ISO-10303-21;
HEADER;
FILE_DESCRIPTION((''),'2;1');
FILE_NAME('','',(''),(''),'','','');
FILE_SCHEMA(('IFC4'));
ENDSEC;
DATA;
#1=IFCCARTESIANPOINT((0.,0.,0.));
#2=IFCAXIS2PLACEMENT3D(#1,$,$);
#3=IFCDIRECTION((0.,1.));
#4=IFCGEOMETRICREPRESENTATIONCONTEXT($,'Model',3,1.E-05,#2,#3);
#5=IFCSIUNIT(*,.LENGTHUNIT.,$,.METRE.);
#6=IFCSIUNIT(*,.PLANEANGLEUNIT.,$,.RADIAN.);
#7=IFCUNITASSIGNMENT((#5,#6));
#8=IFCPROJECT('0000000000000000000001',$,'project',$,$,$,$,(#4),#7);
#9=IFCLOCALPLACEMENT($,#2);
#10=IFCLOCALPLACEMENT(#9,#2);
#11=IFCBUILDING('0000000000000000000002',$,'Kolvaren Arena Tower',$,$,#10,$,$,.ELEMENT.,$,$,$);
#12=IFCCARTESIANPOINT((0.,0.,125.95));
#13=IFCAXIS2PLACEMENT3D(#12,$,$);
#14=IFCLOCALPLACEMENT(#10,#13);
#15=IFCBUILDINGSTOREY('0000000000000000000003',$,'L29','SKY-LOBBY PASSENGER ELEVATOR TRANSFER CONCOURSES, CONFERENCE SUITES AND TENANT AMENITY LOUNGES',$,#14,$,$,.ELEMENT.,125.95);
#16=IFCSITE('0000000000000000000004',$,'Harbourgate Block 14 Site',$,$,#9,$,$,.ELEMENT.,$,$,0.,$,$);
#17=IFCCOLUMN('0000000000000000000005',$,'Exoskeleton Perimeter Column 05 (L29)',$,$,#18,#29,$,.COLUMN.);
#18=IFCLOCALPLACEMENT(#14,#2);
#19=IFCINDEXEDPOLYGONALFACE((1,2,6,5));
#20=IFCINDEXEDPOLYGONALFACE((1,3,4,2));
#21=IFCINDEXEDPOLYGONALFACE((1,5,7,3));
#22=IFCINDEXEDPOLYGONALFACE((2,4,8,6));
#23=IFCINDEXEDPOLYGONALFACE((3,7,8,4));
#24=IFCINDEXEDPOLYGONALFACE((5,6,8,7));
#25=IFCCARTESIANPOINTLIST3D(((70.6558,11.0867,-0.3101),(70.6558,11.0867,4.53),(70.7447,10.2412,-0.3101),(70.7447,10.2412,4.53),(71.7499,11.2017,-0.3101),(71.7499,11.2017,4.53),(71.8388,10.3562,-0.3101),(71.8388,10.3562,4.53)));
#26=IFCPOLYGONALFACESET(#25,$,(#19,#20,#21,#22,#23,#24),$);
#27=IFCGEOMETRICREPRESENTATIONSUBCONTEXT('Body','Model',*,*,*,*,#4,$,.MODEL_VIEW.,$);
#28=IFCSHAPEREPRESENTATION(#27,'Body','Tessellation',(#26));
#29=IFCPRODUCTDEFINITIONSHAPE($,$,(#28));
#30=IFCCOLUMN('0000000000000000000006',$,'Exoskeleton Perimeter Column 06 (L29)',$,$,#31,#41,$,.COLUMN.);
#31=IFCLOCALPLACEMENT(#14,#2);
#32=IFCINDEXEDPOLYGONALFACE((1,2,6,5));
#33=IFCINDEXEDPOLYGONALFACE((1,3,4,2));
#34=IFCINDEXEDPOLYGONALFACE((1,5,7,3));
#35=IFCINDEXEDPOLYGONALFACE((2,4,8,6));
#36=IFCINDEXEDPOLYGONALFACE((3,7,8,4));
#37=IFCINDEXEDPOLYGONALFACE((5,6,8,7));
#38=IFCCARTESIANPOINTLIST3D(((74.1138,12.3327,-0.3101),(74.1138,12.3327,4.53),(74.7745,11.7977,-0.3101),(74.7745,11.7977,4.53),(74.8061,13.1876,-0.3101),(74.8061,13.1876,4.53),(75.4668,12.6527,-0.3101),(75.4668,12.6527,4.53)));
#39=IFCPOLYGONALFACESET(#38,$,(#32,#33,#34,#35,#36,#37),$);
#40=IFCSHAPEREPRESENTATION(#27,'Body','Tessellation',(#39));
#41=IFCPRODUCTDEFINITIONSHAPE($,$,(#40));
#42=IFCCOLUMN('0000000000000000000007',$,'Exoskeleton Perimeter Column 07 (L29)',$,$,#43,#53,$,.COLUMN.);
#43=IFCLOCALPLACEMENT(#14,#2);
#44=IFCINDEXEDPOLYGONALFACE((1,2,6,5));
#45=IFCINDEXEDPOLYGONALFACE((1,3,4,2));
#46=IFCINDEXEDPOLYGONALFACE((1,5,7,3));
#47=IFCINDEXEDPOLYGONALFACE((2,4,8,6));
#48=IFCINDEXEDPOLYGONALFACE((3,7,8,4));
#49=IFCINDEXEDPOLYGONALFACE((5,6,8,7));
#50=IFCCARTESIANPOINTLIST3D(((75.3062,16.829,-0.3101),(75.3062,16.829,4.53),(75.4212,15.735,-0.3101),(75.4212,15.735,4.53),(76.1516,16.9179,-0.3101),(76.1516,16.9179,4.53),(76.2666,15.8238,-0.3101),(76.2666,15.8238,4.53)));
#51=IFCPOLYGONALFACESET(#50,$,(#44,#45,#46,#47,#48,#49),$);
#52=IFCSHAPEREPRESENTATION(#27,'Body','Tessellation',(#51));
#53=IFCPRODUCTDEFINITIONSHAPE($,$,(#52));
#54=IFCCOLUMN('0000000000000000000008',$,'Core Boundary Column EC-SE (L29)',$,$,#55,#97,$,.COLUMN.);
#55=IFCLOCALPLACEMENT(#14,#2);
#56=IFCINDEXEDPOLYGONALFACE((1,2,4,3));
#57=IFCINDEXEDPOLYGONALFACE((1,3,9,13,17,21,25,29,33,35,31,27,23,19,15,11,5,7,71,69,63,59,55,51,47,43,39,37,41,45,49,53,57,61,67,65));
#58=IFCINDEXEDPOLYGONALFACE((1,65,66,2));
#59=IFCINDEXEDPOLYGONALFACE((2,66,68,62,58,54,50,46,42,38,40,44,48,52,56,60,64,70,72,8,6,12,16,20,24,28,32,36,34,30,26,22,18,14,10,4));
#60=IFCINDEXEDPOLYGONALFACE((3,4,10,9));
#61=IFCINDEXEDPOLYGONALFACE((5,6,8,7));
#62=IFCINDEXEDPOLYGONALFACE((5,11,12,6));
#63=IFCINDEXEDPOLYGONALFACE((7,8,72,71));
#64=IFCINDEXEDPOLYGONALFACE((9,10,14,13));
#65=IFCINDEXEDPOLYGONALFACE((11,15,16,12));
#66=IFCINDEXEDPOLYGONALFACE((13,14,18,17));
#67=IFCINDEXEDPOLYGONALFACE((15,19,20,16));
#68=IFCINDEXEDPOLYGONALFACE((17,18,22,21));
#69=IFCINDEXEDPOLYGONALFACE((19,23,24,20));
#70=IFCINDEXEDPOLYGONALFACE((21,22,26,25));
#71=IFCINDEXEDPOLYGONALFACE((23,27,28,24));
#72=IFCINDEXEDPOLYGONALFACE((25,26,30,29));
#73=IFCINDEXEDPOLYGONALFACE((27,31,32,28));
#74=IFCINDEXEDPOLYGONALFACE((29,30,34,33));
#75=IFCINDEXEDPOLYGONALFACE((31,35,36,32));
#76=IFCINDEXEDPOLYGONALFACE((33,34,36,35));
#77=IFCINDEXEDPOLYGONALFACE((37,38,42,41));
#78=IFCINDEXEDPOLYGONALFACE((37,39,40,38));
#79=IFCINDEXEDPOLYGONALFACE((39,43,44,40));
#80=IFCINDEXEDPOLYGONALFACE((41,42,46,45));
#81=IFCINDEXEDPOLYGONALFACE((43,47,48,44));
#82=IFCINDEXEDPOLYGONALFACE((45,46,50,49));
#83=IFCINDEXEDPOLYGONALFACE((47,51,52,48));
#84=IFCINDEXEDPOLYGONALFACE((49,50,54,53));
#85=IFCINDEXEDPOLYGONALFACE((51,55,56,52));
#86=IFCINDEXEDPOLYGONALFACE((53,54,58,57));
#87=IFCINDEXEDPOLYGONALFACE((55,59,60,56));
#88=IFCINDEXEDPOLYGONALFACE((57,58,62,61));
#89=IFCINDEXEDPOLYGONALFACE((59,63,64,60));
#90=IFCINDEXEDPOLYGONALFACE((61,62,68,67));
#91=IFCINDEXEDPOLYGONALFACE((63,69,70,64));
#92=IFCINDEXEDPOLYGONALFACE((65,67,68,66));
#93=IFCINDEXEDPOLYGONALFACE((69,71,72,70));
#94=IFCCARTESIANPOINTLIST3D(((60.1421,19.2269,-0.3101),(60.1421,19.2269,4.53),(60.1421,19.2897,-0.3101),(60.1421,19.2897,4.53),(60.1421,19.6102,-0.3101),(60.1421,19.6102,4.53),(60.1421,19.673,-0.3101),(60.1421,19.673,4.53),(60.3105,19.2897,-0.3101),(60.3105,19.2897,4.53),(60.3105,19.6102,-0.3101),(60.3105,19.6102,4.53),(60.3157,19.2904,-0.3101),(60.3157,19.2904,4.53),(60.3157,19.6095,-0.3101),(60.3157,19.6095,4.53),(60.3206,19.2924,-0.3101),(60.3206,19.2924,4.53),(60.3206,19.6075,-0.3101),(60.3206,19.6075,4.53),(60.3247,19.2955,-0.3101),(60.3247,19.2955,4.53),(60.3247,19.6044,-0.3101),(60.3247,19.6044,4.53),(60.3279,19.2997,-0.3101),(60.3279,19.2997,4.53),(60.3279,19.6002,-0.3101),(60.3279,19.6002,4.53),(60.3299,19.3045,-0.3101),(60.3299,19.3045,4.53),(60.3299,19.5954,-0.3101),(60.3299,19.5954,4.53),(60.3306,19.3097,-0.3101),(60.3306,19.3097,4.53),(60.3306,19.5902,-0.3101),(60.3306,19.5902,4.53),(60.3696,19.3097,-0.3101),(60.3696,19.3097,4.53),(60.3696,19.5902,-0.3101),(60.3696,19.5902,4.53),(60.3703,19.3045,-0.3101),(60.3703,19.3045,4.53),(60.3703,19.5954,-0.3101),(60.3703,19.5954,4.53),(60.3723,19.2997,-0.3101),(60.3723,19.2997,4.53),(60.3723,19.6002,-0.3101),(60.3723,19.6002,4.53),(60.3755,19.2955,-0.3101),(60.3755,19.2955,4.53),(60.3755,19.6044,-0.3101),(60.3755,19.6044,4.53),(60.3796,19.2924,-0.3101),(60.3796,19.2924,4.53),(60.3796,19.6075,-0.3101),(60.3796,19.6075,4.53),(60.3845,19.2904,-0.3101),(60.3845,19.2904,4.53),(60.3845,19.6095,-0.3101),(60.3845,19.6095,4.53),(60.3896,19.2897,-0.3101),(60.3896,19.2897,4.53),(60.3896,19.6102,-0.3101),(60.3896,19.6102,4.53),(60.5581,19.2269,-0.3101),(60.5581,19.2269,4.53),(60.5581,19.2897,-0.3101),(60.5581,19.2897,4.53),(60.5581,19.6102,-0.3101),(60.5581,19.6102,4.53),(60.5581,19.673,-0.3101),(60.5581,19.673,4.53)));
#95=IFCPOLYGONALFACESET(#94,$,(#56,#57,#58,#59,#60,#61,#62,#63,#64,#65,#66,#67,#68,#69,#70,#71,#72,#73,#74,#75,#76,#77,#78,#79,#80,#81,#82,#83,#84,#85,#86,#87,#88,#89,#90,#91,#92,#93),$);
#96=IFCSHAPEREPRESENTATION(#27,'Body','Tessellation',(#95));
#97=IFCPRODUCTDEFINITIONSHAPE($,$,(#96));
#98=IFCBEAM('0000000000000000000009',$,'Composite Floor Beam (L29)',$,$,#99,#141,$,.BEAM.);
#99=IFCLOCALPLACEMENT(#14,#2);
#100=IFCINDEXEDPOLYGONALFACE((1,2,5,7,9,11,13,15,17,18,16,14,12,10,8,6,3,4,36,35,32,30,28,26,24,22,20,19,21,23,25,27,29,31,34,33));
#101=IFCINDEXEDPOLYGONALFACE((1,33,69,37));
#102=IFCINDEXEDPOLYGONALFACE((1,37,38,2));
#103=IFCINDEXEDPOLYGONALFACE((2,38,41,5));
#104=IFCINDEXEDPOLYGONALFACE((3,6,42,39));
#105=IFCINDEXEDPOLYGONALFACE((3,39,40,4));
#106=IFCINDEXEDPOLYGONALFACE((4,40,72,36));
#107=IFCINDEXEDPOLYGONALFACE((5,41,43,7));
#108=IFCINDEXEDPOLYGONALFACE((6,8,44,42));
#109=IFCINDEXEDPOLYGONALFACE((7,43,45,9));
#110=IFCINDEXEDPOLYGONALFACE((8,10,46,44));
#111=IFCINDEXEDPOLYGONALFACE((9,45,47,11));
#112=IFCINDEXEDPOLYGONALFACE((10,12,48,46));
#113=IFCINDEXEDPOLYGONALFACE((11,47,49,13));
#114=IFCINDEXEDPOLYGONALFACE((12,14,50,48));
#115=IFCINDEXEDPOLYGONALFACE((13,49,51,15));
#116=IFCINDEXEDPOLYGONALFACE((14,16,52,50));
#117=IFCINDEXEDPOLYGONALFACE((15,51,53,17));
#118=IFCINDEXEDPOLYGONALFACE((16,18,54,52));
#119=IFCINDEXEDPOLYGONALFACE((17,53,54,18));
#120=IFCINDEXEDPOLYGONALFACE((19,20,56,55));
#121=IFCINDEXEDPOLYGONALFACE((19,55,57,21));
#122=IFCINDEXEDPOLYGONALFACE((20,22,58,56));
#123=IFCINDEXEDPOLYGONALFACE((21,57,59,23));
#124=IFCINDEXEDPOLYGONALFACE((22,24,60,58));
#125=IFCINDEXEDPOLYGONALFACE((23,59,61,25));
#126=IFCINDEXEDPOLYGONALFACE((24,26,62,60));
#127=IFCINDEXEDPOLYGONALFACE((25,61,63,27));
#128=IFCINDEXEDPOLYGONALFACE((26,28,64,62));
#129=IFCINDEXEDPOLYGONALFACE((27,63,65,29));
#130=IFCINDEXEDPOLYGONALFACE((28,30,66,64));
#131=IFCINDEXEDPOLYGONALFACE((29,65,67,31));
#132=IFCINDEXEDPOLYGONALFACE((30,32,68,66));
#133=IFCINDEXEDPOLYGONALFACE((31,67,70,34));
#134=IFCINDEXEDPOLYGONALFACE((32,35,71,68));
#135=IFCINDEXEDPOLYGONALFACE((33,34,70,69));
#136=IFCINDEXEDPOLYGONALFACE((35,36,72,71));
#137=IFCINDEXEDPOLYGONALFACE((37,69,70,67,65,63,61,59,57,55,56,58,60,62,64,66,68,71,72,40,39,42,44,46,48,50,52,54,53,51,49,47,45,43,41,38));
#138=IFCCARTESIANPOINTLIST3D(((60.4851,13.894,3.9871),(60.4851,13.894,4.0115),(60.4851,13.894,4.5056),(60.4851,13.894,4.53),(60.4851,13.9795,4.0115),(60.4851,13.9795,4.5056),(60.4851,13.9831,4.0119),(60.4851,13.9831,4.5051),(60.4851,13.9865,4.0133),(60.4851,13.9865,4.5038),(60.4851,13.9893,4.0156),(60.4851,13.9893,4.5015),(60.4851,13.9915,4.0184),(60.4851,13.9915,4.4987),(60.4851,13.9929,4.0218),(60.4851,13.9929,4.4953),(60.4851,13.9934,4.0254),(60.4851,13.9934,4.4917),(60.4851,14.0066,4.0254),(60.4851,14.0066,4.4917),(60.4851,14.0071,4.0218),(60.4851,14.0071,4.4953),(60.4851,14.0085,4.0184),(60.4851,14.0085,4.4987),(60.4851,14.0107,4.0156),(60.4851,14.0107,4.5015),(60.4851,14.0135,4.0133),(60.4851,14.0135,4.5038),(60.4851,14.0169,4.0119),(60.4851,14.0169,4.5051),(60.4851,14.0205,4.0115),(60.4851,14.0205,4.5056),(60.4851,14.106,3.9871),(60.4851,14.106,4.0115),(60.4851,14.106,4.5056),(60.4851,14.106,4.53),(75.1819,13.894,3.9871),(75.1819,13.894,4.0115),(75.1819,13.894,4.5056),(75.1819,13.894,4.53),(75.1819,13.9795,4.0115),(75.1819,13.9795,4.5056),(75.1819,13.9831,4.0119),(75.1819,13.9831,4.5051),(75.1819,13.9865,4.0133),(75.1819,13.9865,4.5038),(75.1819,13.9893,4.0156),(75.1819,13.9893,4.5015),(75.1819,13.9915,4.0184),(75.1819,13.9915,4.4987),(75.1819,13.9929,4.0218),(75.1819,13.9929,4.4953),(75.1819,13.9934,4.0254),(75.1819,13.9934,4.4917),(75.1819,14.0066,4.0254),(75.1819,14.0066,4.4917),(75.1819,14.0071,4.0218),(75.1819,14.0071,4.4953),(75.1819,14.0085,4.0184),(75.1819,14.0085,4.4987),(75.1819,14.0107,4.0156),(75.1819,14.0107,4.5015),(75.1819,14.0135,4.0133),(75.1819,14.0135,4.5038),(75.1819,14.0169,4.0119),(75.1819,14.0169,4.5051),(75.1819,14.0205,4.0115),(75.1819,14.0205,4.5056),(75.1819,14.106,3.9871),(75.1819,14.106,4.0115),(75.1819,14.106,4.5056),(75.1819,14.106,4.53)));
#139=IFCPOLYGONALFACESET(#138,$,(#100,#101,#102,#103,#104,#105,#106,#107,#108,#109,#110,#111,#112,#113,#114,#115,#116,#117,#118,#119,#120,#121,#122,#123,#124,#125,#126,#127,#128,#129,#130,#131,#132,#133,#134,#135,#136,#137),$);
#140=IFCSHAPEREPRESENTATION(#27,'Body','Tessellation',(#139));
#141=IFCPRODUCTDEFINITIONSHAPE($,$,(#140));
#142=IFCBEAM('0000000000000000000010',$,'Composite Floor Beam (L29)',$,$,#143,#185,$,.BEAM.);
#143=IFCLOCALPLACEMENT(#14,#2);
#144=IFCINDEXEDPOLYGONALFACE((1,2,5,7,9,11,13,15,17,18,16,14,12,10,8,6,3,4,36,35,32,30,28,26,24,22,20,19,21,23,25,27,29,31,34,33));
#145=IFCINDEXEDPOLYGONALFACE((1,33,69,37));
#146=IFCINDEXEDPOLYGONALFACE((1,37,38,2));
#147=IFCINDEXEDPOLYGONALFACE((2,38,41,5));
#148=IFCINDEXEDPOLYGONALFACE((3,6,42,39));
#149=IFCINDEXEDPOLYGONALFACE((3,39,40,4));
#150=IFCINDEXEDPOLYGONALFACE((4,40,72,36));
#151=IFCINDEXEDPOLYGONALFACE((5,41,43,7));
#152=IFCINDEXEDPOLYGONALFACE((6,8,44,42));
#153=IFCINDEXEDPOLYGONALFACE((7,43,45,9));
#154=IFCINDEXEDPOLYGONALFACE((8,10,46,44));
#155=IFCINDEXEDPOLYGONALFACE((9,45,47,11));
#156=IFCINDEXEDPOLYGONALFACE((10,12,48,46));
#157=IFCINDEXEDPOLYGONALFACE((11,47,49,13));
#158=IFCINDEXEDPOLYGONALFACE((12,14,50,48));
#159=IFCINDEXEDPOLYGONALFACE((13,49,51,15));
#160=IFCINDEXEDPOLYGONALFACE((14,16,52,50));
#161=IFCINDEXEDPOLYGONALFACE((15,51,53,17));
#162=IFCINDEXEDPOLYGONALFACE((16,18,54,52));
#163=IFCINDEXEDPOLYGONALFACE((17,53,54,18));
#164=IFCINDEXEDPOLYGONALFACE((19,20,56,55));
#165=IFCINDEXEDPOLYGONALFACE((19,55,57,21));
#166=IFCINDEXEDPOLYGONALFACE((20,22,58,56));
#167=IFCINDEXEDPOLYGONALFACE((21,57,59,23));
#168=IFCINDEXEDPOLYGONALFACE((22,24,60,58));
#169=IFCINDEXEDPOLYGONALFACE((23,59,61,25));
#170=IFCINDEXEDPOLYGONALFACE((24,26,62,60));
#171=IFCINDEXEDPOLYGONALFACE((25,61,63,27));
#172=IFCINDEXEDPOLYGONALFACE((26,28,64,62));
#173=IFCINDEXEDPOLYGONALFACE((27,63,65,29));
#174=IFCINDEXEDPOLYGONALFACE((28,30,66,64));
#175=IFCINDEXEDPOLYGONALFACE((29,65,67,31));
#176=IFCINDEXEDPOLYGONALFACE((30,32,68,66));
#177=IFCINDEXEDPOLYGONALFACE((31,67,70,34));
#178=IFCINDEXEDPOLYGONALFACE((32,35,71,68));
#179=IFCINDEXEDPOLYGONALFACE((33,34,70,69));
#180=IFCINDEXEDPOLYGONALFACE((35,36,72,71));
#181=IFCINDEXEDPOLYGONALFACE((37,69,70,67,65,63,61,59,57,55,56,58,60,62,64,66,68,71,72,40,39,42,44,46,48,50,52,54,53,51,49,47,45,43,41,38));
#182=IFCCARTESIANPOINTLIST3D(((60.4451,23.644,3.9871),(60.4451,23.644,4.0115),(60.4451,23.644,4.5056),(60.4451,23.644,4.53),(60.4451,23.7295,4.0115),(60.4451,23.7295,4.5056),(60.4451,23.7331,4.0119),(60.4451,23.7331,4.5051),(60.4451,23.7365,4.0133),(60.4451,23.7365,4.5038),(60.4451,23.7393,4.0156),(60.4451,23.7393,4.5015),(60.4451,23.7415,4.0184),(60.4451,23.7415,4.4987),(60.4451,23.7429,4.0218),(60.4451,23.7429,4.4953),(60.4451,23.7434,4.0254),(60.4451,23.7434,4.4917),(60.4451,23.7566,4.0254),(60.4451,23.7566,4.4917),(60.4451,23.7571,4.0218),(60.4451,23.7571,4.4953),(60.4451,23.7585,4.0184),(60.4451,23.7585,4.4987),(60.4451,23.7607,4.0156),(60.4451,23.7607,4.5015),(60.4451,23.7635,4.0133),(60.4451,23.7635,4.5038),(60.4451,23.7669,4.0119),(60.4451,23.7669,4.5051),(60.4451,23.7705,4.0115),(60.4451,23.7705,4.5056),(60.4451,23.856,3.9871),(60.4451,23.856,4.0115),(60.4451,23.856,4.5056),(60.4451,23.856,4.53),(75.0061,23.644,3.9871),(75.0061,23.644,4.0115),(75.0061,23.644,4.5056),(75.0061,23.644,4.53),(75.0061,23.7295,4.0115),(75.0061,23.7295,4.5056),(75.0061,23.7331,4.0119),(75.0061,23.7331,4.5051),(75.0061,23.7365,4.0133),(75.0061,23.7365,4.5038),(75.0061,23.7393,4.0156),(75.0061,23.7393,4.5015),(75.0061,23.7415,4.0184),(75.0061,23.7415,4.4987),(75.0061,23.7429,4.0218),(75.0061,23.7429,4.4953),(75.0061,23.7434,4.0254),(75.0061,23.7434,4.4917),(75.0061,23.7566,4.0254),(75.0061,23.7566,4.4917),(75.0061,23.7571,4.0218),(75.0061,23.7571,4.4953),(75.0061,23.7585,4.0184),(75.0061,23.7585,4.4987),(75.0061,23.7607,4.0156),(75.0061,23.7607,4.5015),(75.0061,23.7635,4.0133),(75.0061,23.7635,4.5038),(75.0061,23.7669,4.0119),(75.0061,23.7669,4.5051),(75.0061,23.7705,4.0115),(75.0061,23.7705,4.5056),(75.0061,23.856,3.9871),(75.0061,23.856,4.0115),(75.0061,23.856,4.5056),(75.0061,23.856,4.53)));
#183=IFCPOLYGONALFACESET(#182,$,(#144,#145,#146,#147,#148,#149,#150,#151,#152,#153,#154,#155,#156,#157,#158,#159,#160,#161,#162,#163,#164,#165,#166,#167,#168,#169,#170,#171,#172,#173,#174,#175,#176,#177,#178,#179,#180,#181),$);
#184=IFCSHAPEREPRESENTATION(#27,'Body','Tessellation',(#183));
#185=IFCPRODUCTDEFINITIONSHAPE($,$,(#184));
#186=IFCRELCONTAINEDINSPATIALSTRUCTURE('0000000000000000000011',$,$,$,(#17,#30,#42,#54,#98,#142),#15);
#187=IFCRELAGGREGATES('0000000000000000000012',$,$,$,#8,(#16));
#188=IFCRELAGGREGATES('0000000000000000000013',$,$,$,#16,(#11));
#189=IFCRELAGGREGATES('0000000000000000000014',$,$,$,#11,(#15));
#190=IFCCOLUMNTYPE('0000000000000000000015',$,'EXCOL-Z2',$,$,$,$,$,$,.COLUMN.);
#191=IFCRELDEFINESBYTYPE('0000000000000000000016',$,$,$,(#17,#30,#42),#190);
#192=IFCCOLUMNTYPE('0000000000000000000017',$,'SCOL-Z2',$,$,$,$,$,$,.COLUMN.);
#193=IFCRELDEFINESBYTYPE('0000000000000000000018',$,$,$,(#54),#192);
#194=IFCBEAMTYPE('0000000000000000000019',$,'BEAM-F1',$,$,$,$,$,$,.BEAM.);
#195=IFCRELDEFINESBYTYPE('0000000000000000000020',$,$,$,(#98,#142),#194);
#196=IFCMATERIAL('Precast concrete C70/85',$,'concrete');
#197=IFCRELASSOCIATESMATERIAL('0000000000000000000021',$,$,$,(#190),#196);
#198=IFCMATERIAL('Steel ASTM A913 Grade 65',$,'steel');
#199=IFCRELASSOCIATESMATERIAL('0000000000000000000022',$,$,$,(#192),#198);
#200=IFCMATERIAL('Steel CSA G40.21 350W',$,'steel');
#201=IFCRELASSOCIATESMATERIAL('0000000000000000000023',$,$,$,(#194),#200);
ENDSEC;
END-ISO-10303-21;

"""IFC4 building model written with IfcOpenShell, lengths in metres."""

from ifc_helpers import new_model, si_unit, direction, frame, origin, origin_2d, place, context, subcontext, project, spatial, rectangle, i_section, extrude, material, material_profile, profile_set, type_object, element, save


model = new_model("IFC4")

# Units and contexts
model_context = context("Model", 3, precision=1e-05, world=origin(), true_north=direction((0.0, 1.0)))
body_context = subcontext(model_context, "Body", "Model", "MODEL_VIEW")
ifc_project = project(units=[si_unit("LENGTHUNIT", "METRE"), si_unit("PLANEANGLEUNIT", "RADIAN")], contexts=[model_context])

# Site, building, storey
site_placement = place(None, origin())
site = spatial("IfcSite", under=ifc_project, at=site_placement, Name="Harbourgate Block 14 Site", CompositionType="ELEMENT", RefElevation=0.0)
building_placement = place(site_placement, origin())
building = spatial("IfcBuilding", under=site, at=building_placement, Name="Kolvaren Arena Tower", CompositionType="ELEMENT")
storey_placement = place(building_placement, frame((0.0, 0.0, 125.95)))
storey = spatial("IfcBuildingStorey", under=building, at=storey_placement, Name="L29", Description="SKY-LOBBY PASSENGER ELEVATOR TRANSFER CONCOURSES, CONFERENCE SUITES AND TENANT AMENITY LOUNGES", CompositionType="ELEMENT", Elevation=125.95)

# Columns
ifc_material_1 = material(Name="Precast concrete C70/85", Category="concrete")
ifc_material_profile_1 = material_profile(ifc_material_1, rectangle(XDim=1.1001, YDim=0.8501, at=origin_2d()), Name="RC-1100x850")
ifc_profile_set_1 = profile_set([ifc_material_profile_1], Name="Precast concrete C70/85")
column_type_1 = type_object("IfcColumnType", Name="EXCOL-Z2", PredefinedType="COLUMN", material=ifc_profile_set_1)
for number, where, z_axis, x_axis, name in (
    (1, (71.2473, 10.7214, -0.3101), (0.0, 0.0, 1.0), (0.994522, 0.104528, 0.0), "Exoskeleton Perimeter Column 05 (L29)"),
    (2, (74.7903, 12.4927, -0.3101), (0.0, 0.0, 1.0), (0.62932, 0.777146, 0.0), "Exoskeleton Perimeter Column 06 (L29)"),
    (3, (75.7864, 16.3264, -0.3101), (0.0, 0.0, 1.0), (-0.104528, 0.994522, 0.0), "Exoskeleton Perimeter Column 07 (L29)"),
):
    element("IfcColumn", number, at=place(storey_placement, frame(where, z_axis=z_axis, x_axis=x_axis)), inside=storey, type_object=column_type_1, Name=name, PredefinedType="COLUMN", context=body_context, shape_type="SweptSolid", body=[
        extrude(rectangle(XDim=1.1001, YDim=0.8501, at=origin_2d()), origin(), (0.0, 0.0, 1.0), 4.8401),
    ])
ifc_material_2 = material(Name="Steel ASTM A913 Grade 65", Category="steel")
ifc_material_profile_2 = material_profile(ifc_material_2, i_section(OverallWidth=0.416, OverallDepth=0.446, WebThickness=0.0391, FlangeThickness=0.0627, FilletRadius=0.02, at=origin_2d()), Name="W360x509")
ifc_profile_set_2 = profile_set([ifc_material_profile_2], Name="Steel ASTM A913 Grade 65")
column_type_2 = type_object("IfcColumnType", Name="SCOL-Z2", PredefinedType="COLUMN", material=ifc_profile_set_2)
column_placement = place(storey_placement, frame((60.3501, 19.45, -0.3101), z_axis=(0.0, 0.0, 1.0), x_axis=(1.0, 0.0, 0.0)))
element("IfcColumn", 4, at=column_placement, inside=storey, type_object=column_type_2, Name="Core Boundary Column EC-SE (L29)", PredefinedType="COLUMN", context=body_context, shape_type="SweptSolid", body=[
    extrude(i_section(OverallWidth=0.416, OverallDepth=0.446, WebThickness=0.0391, FlangeThickness=0.0627, FilletRadius=0.02, at=origin_2d()), origin(), (0.0, 0.0, 1.0), 4.8401),
])

# Beams
ifc_material_3 = material(Name="Steel CSA G40.21 350W", Category="steel")
ifc_material_profile_3 = material_profile(ifc_material_3, i_section(OverallWidth=0.2119, OverallDepth=0.543, WebThickness=0.0132, FlangeThickness=0.0244, FilletRadius=0.0139, at=origin_2d()), Name="W530x150")
ifc_profile_set_3 = profile_set([ifc_material_profile_3], Name="Steel CSA G40.21 350W")
beam_type_1 = type_object("IfcBeamType", Name="BEAM-F1", PredefinedType="BEAM", material=ifc_profile_set_3)
beam_1_placement = place(storey_placement, frame((60.4851, 14.0, 4.2585), z_axis=(1.0, 0.0, 0.0), x_axis=(0.0, 1.0, 0.0)))
element("IfcBeam", 5, at=beam_1_placement, inside=storey, type_object=beam_type_1, Name="Composite Floor Beam (L29)", PredefinedType="BEAM", context=body_context, shape_type="SweptSolid", body=[
    extrude(i_section(OverallWidth=0.2119, OverallDepth=0.543, WebThickness=0.0132, FlangeThickness=0.0244, FilletRadius=0.0139, at=origin_2d()), origin(), (0.0, 0.0, 1.0), 14.6968),
])
beam_2_placement = place(storey_placement, frame((60.4451, 23.75, 4.2585), z_axis=(1.0, 0.0, 0.0), x_axis=(0.0, 1.0, 0.0)))
element("IfcBeam", 6, at=beam_2_placement, inside=storey, type_object=beam_type_1, Name="Composite Floor Beam (L29)", PredefinedType="BEAM", context=body_context, shape_type="SweptSolid", body=[
    extrude(i_section(OverallWidth=0.2119, OverallDepth=0.543, WebThickness=0.0132, FlangeThickness=0.0244, FilletRadius=0.0139, at=origin_2d()), origin(), (0.0, 0.0, 1.0), 14.561),
])

save(model, "model.ifc")
